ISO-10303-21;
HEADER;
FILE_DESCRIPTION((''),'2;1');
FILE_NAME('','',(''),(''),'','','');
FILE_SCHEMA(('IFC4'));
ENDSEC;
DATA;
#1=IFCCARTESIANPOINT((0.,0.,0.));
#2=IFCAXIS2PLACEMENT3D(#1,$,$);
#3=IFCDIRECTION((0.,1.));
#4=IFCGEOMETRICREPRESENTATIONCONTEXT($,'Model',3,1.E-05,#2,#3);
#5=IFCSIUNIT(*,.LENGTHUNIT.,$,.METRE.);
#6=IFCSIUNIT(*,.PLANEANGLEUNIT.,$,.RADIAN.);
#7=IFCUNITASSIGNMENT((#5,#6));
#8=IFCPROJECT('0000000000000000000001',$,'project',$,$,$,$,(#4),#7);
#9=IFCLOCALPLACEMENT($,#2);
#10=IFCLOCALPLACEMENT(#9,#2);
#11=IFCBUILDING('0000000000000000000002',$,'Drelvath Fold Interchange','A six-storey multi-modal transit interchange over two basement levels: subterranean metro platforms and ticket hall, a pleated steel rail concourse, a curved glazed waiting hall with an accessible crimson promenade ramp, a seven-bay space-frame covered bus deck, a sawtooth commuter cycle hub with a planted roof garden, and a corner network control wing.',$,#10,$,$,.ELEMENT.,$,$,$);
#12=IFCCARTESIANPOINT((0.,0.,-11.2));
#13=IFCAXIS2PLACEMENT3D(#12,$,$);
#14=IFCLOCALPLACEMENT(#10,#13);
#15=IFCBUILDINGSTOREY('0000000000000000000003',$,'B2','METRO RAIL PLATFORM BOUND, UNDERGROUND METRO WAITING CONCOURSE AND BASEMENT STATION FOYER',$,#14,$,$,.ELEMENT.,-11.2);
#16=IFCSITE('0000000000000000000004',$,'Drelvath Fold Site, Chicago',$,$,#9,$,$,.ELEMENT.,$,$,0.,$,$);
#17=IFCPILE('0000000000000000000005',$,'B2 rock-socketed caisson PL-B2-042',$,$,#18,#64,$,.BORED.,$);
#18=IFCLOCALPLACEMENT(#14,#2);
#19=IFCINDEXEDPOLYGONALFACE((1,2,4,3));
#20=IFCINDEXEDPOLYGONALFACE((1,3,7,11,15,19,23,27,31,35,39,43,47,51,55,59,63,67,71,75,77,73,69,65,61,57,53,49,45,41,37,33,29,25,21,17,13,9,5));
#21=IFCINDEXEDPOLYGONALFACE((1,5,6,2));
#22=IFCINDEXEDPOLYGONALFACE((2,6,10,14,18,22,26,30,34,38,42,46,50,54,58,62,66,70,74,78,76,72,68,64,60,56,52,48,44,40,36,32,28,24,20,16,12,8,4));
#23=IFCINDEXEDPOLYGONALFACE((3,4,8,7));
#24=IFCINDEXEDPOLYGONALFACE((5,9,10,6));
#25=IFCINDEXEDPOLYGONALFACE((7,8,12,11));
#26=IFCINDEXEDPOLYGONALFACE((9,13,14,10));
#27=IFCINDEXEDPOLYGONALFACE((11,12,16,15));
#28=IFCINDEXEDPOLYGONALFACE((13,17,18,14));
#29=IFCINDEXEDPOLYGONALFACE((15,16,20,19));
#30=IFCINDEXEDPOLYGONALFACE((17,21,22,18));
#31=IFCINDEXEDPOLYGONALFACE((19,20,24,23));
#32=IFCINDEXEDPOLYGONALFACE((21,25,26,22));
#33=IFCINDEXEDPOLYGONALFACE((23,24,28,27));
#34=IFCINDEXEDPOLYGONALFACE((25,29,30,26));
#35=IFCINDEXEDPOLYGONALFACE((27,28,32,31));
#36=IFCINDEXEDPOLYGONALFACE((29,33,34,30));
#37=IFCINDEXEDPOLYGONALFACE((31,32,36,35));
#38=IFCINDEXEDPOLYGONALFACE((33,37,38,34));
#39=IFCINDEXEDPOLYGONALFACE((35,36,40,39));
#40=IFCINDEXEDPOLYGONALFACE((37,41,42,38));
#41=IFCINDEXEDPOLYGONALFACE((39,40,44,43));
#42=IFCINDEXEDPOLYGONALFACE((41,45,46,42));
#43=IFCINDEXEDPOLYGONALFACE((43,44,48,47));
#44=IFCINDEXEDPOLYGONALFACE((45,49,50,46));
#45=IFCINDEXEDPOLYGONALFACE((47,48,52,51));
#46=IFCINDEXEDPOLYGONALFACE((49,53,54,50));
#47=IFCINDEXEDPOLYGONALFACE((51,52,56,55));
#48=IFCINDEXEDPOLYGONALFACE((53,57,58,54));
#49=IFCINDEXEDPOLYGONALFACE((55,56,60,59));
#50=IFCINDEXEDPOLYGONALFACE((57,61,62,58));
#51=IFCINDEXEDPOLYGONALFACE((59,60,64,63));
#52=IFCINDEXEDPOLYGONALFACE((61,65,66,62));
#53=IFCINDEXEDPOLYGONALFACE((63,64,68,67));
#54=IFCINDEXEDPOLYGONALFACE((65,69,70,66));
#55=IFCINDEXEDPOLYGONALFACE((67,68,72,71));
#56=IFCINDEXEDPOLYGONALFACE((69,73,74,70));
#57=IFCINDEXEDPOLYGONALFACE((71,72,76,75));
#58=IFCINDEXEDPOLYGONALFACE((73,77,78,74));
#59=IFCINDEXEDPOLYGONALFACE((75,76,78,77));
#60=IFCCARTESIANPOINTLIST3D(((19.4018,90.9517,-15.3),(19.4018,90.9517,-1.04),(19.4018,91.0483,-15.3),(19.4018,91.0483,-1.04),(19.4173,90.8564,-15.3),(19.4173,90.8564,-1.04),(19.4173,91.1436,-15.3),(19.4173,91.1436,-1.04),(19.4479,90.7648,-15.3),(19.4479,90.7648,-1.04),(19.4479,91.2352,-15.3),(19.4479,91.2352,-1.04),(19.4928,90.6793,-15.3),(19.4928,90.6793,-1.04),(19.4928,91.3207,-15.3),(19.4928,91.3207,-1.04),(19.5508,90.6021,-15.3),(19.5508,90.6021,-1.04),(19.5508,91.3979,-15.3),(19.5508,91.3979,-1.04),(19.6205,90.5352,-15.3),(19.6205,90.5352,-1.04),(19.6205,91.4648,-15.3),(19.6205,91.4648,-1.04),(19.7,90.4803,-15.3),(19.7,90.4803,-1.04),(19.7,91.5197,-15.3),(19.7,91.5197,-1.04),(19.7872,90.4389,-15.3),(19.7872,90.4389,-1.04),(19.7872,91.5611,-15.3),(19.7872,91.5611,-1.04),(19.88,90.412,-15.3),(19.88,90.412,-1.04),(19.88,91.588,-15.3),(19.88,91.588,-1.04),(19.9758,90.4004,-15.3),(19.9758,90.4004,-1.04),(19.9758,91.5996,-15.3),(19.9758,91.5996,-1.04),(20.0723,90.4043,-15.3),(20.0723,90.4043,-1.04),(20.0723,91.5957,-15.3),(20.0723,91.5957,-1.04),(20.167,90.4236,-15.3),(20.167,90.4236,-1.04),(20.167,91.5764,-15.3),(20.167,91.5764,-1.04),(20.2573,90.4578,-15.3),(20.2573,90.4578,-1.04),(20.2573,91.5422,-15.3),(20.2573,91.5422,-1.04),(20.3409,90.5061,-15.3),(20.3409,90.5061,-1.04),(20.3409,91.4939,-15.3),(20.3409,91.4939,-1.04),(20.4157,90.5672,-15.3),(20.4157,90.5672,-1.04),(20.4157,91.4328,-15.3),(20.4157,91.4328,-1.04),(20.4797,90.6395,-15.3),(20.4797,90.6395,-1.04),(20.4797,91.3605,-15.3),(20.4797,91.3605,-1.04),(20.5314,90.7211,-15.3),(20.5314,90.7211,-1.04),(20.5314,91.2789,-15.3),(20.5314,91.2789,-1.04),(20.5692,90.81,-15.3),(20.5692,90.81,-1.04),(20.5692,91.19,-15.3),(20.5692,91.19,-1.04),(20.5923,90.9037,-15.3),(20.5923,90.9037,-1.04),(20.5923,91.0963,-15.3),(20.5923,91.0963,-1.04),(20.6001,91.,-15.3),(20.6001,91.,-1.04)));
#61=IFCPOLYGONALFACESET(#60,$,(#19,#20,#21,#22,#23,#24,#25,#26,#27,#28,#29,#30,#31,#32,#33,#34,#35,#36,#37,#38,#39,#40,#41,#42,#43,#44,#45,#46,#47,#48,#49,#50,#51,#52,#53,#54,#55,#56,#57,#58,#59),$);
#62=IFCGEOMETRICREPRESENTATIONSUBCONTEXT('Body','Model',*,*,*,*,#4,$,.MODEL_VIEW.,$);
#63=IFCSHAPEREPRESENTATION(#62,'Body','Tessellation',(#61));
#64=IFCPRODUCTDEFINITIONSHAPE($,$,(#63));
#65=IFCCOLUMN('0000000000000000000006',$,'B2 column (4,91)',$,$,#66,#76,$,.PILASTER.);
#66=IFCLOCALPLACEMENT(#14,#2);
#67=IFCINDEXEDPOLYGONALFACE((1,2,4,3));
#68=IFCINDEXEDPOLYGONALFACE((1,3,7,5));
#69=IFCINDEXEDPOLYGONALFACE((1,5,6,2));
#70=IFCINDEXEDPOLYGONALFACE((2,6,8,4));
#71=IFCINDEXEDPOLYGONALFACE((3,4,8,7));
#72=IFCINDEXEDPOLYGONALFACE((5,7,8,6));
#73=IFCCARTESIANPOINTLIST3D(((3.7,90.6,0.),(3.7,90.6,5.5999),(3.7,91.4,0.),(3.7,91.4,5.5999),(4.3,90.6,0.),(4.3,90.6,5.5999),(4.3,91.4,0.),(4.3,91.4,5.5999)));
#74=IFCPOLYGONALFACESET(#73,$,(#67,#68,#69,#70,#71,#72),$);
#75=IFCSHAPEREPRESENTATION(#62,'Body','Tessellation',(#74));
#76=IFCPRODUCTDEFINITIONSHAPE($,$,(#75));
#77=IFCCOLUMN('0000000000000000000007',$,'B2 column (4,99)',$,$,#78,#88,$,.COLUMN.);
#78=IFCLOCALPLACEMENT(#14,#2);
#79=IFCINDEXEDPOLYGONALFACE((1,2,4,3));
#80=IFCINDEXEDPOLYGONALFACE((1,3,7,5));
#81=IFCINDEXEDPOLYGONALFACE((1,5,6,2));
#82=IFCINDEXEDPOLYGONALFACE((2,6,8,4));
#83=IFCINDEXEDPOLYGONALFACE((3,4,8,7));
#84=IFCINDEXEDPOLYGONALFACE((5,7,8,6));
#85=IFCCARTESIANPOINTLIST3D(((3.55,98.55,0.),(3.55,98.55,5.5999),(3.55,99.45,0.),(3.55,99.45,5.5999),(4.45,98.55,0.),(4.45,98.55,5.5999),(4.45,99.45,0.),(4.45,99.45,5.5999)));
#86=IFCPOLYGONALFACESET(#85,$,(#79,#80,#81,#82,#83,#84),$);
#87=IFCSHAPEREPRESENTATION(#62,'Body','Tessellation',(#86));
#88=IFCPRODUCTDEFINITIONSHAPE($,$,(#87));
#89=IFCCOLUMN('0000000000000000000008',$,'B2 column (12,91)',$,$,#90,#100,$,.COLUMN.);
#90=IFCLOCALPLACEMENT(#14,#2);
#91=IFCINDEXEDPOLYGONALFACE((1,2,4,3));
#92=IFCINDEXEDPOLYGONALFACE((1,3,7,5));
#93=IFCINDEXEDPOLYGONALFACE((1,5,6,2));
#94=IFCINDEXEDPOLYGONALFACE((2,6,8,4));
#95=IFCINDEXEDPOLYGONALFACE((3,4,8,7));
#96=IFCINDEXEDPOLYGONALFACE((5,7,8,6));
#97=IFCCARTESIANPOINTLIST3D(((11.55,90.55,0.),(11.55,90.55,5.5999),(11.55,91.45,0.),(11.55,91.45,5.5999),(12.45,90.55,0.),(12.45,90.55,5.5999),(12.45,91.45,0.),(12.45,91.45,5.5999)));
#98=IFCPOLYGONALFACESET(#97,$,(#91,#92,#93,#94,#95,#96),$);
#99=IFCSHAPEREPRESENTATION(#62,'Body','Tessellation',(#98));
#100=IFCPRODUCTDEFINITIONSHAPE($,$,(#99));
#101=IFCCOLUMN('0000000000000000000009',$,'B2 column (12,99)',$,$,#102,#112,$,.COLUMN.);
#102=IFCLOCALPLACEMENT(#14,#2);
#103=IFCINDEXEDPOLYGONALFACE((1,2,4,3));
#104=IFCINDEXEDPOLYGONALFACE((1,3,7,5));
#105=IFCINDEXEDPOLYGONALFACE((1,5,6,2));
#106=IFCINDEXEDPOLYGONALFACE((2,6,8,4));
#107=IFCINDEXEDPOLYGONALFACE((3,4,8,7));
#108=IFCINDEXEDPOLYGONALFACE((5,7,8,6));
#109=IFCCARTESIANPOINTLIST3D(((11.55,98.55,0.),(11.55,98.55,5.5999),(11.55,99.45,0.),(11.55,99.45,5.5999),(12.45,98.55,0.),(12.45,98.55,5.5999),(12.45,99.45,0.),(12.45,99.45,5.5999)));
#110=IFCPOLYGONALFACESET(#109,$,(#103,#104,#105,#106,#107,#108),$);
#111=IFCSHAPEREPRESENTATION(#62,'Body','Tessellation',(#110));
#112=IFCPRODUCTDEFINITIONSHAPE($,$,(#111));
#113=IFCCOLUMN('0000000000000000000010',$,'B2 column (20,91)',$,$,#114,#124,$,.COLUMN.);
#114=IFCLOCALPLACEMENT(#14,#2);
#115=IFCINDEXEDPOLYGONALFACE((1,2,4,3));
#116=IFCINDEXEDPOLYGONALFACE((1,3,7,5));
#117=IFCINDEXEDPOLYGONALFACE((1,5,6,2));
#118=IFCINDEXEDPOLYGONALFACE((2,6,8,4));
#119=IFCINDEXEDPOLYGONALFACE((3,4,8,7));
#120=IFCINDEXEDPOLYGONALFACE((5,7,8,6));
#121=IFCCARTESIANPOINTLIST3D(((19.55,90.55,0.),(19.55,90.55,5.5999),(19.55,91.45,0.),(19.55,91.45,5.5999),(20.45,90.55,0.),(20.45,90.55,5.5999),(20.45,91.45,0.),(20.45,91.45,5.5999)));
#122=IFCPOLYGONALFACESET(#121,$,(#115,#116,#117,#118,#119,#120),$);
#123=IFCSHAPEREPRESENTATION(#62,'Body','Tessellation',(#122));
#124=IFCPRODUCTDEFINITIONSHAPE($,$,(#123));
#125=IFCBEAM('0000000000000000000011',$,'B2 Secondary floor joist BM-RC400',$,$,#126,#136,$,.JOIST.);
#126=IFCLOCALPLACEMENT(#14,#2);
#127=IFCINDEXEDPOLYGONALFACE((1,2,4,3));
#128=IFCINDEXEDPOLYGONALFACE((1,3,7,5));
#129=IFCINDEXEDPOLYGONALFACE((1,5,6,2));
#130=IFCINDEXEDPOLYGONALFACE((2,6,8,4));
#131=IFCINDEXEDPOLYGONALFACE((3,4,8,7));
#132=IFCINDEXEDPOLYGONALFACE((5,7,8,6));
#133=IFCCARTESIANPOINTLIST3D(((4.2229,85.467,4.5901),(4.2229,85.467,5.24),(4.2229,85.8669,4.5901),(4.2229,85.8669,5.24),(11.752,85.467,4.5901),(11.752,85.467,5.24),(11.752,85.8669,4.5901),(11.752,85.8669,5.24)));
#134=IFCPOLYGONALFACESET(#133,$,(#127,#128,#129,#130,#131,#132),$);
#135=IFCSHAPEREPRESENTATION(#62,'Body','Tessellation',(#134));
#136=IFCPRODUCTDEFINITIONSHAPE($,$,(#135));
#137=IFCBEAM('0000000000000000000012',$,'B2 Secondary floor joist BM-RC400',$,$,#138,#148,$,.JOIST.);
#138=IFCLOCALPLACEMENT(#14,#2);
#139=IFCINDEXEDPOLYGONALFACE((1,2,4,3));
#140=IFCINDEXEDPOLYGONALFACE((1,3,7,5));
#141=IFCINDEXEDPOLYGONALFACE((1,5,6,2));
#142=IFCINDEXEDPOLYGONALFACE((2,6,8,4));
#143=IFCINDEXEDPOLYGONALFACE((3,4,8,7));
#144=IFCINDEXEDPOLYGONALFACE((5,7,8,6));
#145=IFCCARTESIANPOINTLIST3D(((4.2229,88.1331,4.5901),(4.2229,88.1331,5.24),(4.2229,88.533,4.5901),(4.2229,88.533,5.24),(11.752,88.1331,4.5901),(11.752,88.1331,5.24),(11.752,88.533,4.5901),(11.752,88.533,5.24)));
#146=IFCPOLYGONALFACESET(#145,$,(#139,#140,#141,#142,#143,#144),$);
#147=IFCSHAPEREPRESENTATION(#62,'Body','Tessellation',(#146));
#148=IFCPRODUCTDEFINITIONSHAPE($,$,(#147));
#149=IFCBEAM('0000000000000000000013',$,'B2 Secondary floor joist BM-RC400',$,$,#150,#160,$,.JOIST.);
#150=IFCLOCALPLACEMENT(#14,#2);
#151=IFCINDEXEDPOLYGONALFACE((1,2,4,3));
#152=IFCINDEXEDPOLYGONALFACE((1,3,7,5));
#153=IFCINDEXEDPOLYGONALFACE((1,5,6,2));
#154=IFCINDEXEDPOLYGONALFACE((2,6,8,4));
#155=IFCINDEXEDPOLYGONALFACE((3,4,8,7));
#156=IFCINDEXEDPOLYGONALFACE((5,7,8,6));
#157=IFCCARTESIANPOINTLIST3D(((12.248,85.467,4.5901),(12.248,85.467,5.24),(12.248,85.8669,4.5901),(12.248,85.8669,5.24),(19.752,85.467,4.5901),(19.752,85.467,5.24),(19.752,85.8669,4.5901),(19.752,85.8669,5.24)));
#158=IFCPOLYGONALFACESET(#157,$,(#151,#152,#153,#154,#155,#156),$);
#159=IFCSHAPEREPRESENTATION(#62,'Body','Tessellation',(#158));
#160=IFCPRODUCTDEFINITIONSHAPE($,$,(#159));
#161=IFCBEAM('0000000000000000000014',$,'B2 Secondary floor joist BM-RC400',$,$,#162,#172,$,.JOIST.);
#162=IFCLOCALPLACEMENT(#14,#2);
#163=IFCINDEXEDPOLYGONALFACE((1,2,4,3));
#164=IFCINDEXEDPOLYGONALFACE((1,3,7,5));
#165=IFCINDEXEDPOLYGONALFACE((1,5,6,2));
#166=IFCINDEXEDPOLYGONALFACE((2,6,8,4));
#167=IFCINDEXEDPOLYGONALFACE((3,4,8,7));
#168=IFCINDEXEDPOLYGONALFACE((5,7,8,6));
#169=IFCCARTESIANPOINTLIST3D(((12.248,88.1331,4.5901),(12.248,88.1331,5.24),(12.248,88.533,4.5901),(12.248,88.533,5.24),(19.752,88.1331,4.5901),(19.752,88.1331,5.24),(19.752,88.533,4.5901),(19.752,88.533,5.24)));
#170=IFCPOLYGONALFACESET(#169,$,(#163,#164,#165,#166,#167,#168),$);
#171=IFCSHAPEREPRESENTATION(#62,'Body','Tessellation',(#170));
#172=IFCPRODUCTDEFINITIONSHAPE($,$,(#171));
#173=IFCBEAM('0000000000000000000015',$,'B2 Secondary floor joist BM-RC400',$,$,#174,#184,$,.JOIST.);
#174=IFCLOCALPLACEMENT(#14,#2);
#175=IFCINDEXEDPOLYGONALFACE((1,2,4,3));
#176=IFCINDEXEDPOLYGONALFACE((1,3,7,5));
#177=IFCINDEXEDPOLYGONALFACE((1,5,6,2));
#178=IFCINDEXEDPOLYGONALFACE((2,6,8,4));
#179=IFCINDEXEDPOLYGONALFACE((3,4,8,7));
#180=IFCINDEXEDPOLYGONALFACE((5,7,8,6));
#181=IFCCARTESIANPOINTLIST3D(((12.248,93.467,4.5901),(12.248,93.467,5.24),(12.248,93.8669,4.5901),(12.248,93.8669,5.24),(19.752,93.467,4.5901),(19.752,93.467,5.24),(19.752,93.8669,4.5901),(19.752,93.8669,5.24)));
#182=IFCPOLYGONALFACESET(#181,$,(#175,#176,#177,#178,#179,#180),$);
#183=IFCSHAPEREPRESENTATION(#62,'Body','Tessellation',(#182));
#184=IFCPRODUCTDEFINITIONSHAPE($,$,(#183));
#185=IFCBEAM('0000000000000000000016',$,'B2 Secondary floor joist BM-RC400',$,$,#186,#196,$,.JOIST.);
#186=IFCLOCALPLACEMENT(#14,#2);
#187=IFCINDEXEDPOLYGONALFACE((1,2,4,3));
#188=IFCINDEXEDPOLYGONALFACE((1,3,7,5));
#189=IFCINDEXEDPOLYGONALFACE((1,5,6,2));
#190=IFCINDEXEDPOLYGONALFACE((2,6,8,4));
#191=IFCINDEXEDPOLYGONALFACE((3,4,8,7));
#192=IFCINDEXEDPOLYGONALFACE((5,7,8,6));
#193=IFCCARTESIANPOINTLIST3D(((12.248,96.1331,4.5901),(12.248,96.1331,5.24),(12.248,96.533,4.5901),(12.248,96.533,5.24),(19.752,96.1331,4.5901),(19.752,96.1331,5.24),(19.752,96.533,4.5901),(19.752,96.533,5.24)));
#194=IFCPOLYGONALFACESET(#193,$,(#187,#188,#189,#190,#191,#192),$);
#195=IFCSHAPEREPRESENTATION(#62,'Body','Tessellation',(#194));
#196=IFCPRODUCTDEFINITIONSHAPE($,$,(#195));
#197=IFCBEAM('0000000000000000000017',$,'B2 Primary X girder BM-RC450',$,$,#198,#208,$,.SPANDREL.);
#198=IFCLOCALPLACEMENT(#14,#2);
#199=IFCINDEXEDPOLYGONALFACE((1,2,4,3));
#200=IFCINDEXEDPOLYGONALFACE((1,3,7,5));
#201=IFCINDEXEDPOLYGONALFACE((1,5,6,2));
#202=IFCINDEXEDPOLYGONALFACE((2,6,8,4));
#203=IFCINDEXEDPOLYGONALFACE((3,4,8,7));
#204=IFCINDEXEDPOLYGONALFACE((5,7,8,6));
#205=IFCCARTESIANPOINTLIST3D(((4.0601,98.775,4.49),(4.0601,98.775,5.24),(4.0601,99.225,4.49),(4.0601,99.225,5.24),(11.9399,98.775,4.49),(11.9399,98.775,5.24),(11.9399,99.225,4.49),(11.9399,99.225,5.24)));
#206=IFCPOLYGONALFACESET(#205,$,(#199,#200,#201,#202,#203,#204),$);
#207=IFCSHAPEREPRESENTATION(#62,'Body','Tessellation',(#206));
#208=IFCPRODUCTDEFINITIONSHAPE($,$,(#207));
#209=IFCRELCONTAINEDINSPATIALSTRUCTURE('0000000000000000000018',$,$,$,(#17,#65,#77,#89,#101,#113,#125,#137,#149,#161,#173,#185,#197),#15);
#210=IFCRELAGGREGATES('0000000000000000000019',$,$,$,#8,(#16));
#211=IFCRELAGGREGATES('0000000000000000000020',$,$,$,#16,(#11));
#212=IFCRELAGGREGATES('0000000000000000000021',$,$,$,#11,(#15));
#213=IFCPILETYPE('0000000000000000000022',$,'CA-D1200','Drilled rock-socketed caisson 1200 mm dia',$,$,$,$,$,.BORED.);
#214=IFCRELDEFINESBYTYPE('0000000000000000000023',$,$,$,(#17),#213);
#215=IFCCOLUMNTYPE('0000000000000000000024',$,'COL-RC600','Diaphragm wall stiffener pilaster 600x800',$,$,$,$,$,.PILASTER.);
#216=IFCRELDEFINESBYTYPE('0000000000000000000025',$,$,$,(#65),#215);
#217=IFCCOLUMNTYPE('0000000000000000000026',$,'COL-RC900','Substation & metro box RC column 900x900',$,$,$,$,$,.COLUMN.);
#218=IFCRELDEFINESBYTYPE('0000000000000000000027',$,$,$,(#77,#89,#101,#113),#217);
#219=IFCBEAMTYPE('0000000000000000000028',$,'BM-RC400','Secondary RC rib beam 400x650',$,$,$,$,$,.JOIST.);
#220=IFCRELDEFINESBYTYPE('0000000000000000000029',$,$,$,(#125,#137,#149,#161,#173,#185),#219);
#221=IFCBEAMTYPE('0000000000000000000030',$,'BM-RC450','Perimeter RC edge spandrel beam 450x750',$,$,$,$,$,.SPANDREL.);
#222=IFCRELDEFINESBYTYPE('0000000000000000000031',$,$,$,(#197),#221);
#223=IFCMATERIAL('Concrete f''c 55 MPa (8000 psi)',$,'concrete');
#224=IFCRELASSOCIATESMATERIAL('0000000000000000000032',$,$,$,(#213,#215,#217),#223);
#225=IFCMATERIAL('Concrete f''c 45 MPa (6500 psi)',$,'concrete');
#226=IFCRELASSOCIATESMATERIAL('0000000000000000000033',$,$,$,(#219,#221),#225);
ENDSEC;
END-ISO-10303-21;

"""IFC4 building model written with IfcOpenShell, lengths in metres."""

from ifc_helpers import new_model, si_unit, direction, frame, origin, origin_2d, place, context, subcontext, project, spatial, rectangle, circle, extrude, material, material_profile, profile_set, type_object, element, save


model = new_model("IFC4")

# Units and contexts
model_context = context("Model", 3, precision=1e-05, world=origin(), true_north=direction((0.0, 1.0)))
body_context = subcontext(model_context, "Body", "Model", "MODEL_VIEW")
ifc_project = project(units=[si_unit("LENGTHUNIT", "METRE"), si_unit("PLANEANGLEUNIT", "RADIAN")], contexts=[model_context])

# Site, building, storey
site_placement = place(None, origin())
site = spatial("IfcSite", under=ifc_project, at=site_placement, Name="Drelvath Fold Site, Chicago", CompositionType="ELEMENT", RefElevation=0.0)
building_placement = place(site_placement, origin())
building = spatial("IfcBuilding", under=site, at=building_placement, Name="Drelvath Fold Interchange", Description="A six-storey multi-modal transit interchange over two basement levels: subterranean metro platforms and ticket hall, a pleated steel rail concourse, a curved glazed waiting hall with an accessible crimson promenade ramp, a seven-bay space-frame covered bus deck, a sawtooth commuter cycle hub with a planted roof garden, and a corner network control wing.", CompositionType="ELEMENT")
storey_placement = place(building_placement, frame((0.0, 0.0, -11.2)))
storey = spatial("IfcBuildingStorey", under=building, at=storey_placement, Name="B2", Description="METRO RAIL PLATFORM BOUND, UNDERGROUND METRO WAITING CONCOURSE AND BASEMENT STATION FOYER", CompositionType="ELEMENT", Elevation=-11.2)

# Pile
ifc_material_1 = material(Name="Concrete f'c 55 MPa (8000 psi)", Category="concrete")
ifc_material_profile_1 = material_profile(ifc_material_1, circle(Radius=0.6001, at=origin_2d()), Name="CAISSON D1200")
ifc_profile_set_1 = profile_set([ifc_material_profile_1], Name="Concrete f'c 55 MPa (8000 psi)")
pile_type = type_object("IfcPileType", Name="CA-D1200", Description="Drilled rock-socketed caisson 1200 mm dia", PredefinedType="BORED", material=ifc_profile_set_1)
for number, where, z_axis, x_axis, name in (
    (1, (20.0, 91.0, -1.04), (0.0, 0.0, -1.0), (1.0, 0.0, 0.0), "B2 rock-socketed caisson PL-B2-042"),
):
    element("IfcPile", number, at=place(storey_placement, frame(where, z_axis=z_axis, x_axis=x_axis)), inside=storey, type_object=pile_type, Name=name, PredefinedType="BORED", context=body_context, shape_type="SweptSolid", body=[
        extrude(circle(Radius=0.6001, at=origin_2d()), origin(), (0.0, 0.0, 1.0), 14.26),
    ])

# Columns
ifc_material_profile_2 = material_profile(ifc_material_1, rectangle(XDim=0.6001, YDim=0.8, at=origin_2d()), Name="RC 600x800")
ifc_profile_set_2 = profile_set([ifc_material_profile_2], Name="Concrete f'c 55 MPa (8000 psi)")
column_type_1 = type_object("IfcColumnType", Name="COL-RC600", Description="Diaphragm wall stiffener pilaster 600x800", PredefinedType="PILASTER", material=ifc_profile_set_2)
column_placement = place(storey_placement, frame((4.0, 91.0, 0.0), z_axis=(0.0, 0.0, 1.0), x_axis=(1.0, 0.0, 0.0)))
element("IfcColumn", 2, at=column_placement, inside=storey, type_object=column_type_1, Name="B2 column (4,91)", PredefinedType="PILASTER", context=body_context, shape_type="SweptSolid", body=[
    extrude(rectangle(XDim=0.6001, YDim=0.8, at=origin_2d()), origin(), (0.0, 0.0, 1.0), 5.5999),
])
ifc_material_profile_3 = material_profile(ifc_material_1, rectangle(XDim=0.8999, YDim=0.8999, at=origin_2d()), Name="RC 900x900")
ifc_profile_set_3 = profile_set([ifc_material_profile_3], Name="Concrete f'c 55 MPa (8000 psi)")
column_type_2 = type_object("IfcColumnType", Name="COL-RC900", Description="Substation & metro box RC column 900x900", PredefinedType="COLUMN", material=ifc_profile_set_3)
for number, where, z_axis, x_axis, name in (
    (3, (4.0, 99.0, 0.0), (0.0, 0.0, 1.0), (1.0, 0.0, 0.0), "B2 column (4,99)"),
    (4, (12.0, 91.0, 0.0), (0.0, 0.0, 1.0), (1.0, 0.0, 0.0), "B2 column (12,91)"),
    (5, (12.0, 99.0, 0.0), (0.0, 0.0, 1.0), (1.0, 0.0, 0.0), "B2 column (12,99)"),
    (6, (20.0, 91.0, 0.0), (0.0, 0.0, 1.0), (1.0, 0.0, 0.0), "B2 column (20,91)"),
):
    element("IfcColumn", number, at=place(storey_placement, frame(where, z_axis=z_axis, x_axis=x_axis)), inside=storey, type_object=column_type_2, Name=name, PredefinedType="COLUMN", context=body_context, shape_type="SweptSolid", body=[
        extrude(rectangle(XDim=0.8999, YDim=0.8999, at=origin_2d()), origin(), (0.0, 0.0, 1.0), 5.5999),
    ])

# Beams
ifc_material_2 = material(Name="Concrete f'c 45 MPa (6500 psi)", Category="concrete")
ifc_material_profile_4 = material_profile(ifc_material_2, rectangle(XDim=0.3999, YDim=0.6499, at=origin_2d()), Name="RC 400x650")
ifc_profile_set_4 = profile_set([ifc_material_profile_4], Name="Concrete f'c 45 MPa (6500 psi)")
beam_type_1 = type_object("IfcBeamType", Name="BM-RC400", Description="Secondary RC rib beam 400x650", PredefinedType="JOIST", material=ifc_profile_set_4)
for number, where, z_axis, x_axis, name in (
    (7, (4.2229, 85.667, 4.915), (1.0, 0.0, 0.0), (0.0, 1.0, 0.0), "B2 Secondary floor joist BM-RC400"),
    (8, (4.2229, 88.333, 4.915), (1.0, 0.0, 0.0), (0.0, 1.0, 0.0), "B2 Secondary floor joist BM-RC400"),
):
    element("IfcBeam", number, at=place(storey_placement, frame(where, z_axis=z_axis, x_axis=x_axis)), inside=storey, type_object=beam_type_1, Name=name, PredefinedType="JOIST", context=body_context, shape_type="SweptSolid", body=[
        extrude(rectangle(XDim=0.3999, YDim=0.6499, at=origin_2d()), origin(), (0.0, 0.0, 1.0), 7.5291),
    ])
for number, where, z_axis, x_axis, name in (
    (9, (12.248, 85.667, 4.915), (1.0, 0.0, 0.0), (0.0, 1.0, 0.0), "B2 Secondary floor joist BM-RC400"),
    (10, (12.248, 88.333, 4.915), (1.0, 0.0, 0.0), (0.0, 1.0, 0.0), "B2 Secondary floor joist BM-RC400"),
    (11, (12.248, 93.667, 4.915), (1.0, 0.0, 0.0), (0.0, 1.0, 0.0), "B2 Secondary floor joist BM-RC400"),
    (12, (12.248, 96.333, 4.915), (1.0, 0.0, 0.0), (0.0, 1.0, 0.0), "B2 Secondary floor joist BM-RC400"),
):
    element("IfcBeam", number, at=place(storey_placement, frame(where, z_axis=z_axis, x_axis=x_axis)), inside=storey, type_object=beam_type_1, Name=name, PredefinedType="JOIST", context=body_context, shape_type="SweptSolid", body=[
        extrude(rectangle(XDim=0.3999, YDim=0.6499, at=origin_2d()), origin(), (0.0, 0.0, 1.0), 7.5039),
    ])
ifc_material_profile_5 = material_profile(ifc_material_2, rectangle(XDim=0.45, YDim=0.75, at=origin_2d()), Name="RC 450x750")
ifc_profile_set_5 = profile_set([ifc_material_profile_5], Name="Concrete f'c 45 MPa (6500 psi)")
beam_type_2 = type_object("IfcBeamType", Name="BM-RC450", Description="Perimeter RC edge spandrel beam 450x750", PredefinedType="SPANDREL", material=ifc_profile_set_5)
for number, where, z_axis, x_axis, name in (
    (13, (4.0601, 99.0, 4.865), (1.0, 0.0, 0.0), (0.0, 1.0, 0.0), "B2 Primary X girder BM-RC450"),
):
    element("IfcBeam", number, at=place(storey_placement, frame(where, z_axis=z_axis, x_axis=x_axis)), inside=storey, type_object=beam_type_2, Name=name, PredefinedType="SPANDREL", context=body_context, shape_type="SweptSolid", body=[
        extrude(rectangle(XDim=0.45, YDim=0.75, at=origin_2d()), origin(), (0.0, 0.0, 1.0), 7.8799),
    ])

save(model, "model.ifc")
